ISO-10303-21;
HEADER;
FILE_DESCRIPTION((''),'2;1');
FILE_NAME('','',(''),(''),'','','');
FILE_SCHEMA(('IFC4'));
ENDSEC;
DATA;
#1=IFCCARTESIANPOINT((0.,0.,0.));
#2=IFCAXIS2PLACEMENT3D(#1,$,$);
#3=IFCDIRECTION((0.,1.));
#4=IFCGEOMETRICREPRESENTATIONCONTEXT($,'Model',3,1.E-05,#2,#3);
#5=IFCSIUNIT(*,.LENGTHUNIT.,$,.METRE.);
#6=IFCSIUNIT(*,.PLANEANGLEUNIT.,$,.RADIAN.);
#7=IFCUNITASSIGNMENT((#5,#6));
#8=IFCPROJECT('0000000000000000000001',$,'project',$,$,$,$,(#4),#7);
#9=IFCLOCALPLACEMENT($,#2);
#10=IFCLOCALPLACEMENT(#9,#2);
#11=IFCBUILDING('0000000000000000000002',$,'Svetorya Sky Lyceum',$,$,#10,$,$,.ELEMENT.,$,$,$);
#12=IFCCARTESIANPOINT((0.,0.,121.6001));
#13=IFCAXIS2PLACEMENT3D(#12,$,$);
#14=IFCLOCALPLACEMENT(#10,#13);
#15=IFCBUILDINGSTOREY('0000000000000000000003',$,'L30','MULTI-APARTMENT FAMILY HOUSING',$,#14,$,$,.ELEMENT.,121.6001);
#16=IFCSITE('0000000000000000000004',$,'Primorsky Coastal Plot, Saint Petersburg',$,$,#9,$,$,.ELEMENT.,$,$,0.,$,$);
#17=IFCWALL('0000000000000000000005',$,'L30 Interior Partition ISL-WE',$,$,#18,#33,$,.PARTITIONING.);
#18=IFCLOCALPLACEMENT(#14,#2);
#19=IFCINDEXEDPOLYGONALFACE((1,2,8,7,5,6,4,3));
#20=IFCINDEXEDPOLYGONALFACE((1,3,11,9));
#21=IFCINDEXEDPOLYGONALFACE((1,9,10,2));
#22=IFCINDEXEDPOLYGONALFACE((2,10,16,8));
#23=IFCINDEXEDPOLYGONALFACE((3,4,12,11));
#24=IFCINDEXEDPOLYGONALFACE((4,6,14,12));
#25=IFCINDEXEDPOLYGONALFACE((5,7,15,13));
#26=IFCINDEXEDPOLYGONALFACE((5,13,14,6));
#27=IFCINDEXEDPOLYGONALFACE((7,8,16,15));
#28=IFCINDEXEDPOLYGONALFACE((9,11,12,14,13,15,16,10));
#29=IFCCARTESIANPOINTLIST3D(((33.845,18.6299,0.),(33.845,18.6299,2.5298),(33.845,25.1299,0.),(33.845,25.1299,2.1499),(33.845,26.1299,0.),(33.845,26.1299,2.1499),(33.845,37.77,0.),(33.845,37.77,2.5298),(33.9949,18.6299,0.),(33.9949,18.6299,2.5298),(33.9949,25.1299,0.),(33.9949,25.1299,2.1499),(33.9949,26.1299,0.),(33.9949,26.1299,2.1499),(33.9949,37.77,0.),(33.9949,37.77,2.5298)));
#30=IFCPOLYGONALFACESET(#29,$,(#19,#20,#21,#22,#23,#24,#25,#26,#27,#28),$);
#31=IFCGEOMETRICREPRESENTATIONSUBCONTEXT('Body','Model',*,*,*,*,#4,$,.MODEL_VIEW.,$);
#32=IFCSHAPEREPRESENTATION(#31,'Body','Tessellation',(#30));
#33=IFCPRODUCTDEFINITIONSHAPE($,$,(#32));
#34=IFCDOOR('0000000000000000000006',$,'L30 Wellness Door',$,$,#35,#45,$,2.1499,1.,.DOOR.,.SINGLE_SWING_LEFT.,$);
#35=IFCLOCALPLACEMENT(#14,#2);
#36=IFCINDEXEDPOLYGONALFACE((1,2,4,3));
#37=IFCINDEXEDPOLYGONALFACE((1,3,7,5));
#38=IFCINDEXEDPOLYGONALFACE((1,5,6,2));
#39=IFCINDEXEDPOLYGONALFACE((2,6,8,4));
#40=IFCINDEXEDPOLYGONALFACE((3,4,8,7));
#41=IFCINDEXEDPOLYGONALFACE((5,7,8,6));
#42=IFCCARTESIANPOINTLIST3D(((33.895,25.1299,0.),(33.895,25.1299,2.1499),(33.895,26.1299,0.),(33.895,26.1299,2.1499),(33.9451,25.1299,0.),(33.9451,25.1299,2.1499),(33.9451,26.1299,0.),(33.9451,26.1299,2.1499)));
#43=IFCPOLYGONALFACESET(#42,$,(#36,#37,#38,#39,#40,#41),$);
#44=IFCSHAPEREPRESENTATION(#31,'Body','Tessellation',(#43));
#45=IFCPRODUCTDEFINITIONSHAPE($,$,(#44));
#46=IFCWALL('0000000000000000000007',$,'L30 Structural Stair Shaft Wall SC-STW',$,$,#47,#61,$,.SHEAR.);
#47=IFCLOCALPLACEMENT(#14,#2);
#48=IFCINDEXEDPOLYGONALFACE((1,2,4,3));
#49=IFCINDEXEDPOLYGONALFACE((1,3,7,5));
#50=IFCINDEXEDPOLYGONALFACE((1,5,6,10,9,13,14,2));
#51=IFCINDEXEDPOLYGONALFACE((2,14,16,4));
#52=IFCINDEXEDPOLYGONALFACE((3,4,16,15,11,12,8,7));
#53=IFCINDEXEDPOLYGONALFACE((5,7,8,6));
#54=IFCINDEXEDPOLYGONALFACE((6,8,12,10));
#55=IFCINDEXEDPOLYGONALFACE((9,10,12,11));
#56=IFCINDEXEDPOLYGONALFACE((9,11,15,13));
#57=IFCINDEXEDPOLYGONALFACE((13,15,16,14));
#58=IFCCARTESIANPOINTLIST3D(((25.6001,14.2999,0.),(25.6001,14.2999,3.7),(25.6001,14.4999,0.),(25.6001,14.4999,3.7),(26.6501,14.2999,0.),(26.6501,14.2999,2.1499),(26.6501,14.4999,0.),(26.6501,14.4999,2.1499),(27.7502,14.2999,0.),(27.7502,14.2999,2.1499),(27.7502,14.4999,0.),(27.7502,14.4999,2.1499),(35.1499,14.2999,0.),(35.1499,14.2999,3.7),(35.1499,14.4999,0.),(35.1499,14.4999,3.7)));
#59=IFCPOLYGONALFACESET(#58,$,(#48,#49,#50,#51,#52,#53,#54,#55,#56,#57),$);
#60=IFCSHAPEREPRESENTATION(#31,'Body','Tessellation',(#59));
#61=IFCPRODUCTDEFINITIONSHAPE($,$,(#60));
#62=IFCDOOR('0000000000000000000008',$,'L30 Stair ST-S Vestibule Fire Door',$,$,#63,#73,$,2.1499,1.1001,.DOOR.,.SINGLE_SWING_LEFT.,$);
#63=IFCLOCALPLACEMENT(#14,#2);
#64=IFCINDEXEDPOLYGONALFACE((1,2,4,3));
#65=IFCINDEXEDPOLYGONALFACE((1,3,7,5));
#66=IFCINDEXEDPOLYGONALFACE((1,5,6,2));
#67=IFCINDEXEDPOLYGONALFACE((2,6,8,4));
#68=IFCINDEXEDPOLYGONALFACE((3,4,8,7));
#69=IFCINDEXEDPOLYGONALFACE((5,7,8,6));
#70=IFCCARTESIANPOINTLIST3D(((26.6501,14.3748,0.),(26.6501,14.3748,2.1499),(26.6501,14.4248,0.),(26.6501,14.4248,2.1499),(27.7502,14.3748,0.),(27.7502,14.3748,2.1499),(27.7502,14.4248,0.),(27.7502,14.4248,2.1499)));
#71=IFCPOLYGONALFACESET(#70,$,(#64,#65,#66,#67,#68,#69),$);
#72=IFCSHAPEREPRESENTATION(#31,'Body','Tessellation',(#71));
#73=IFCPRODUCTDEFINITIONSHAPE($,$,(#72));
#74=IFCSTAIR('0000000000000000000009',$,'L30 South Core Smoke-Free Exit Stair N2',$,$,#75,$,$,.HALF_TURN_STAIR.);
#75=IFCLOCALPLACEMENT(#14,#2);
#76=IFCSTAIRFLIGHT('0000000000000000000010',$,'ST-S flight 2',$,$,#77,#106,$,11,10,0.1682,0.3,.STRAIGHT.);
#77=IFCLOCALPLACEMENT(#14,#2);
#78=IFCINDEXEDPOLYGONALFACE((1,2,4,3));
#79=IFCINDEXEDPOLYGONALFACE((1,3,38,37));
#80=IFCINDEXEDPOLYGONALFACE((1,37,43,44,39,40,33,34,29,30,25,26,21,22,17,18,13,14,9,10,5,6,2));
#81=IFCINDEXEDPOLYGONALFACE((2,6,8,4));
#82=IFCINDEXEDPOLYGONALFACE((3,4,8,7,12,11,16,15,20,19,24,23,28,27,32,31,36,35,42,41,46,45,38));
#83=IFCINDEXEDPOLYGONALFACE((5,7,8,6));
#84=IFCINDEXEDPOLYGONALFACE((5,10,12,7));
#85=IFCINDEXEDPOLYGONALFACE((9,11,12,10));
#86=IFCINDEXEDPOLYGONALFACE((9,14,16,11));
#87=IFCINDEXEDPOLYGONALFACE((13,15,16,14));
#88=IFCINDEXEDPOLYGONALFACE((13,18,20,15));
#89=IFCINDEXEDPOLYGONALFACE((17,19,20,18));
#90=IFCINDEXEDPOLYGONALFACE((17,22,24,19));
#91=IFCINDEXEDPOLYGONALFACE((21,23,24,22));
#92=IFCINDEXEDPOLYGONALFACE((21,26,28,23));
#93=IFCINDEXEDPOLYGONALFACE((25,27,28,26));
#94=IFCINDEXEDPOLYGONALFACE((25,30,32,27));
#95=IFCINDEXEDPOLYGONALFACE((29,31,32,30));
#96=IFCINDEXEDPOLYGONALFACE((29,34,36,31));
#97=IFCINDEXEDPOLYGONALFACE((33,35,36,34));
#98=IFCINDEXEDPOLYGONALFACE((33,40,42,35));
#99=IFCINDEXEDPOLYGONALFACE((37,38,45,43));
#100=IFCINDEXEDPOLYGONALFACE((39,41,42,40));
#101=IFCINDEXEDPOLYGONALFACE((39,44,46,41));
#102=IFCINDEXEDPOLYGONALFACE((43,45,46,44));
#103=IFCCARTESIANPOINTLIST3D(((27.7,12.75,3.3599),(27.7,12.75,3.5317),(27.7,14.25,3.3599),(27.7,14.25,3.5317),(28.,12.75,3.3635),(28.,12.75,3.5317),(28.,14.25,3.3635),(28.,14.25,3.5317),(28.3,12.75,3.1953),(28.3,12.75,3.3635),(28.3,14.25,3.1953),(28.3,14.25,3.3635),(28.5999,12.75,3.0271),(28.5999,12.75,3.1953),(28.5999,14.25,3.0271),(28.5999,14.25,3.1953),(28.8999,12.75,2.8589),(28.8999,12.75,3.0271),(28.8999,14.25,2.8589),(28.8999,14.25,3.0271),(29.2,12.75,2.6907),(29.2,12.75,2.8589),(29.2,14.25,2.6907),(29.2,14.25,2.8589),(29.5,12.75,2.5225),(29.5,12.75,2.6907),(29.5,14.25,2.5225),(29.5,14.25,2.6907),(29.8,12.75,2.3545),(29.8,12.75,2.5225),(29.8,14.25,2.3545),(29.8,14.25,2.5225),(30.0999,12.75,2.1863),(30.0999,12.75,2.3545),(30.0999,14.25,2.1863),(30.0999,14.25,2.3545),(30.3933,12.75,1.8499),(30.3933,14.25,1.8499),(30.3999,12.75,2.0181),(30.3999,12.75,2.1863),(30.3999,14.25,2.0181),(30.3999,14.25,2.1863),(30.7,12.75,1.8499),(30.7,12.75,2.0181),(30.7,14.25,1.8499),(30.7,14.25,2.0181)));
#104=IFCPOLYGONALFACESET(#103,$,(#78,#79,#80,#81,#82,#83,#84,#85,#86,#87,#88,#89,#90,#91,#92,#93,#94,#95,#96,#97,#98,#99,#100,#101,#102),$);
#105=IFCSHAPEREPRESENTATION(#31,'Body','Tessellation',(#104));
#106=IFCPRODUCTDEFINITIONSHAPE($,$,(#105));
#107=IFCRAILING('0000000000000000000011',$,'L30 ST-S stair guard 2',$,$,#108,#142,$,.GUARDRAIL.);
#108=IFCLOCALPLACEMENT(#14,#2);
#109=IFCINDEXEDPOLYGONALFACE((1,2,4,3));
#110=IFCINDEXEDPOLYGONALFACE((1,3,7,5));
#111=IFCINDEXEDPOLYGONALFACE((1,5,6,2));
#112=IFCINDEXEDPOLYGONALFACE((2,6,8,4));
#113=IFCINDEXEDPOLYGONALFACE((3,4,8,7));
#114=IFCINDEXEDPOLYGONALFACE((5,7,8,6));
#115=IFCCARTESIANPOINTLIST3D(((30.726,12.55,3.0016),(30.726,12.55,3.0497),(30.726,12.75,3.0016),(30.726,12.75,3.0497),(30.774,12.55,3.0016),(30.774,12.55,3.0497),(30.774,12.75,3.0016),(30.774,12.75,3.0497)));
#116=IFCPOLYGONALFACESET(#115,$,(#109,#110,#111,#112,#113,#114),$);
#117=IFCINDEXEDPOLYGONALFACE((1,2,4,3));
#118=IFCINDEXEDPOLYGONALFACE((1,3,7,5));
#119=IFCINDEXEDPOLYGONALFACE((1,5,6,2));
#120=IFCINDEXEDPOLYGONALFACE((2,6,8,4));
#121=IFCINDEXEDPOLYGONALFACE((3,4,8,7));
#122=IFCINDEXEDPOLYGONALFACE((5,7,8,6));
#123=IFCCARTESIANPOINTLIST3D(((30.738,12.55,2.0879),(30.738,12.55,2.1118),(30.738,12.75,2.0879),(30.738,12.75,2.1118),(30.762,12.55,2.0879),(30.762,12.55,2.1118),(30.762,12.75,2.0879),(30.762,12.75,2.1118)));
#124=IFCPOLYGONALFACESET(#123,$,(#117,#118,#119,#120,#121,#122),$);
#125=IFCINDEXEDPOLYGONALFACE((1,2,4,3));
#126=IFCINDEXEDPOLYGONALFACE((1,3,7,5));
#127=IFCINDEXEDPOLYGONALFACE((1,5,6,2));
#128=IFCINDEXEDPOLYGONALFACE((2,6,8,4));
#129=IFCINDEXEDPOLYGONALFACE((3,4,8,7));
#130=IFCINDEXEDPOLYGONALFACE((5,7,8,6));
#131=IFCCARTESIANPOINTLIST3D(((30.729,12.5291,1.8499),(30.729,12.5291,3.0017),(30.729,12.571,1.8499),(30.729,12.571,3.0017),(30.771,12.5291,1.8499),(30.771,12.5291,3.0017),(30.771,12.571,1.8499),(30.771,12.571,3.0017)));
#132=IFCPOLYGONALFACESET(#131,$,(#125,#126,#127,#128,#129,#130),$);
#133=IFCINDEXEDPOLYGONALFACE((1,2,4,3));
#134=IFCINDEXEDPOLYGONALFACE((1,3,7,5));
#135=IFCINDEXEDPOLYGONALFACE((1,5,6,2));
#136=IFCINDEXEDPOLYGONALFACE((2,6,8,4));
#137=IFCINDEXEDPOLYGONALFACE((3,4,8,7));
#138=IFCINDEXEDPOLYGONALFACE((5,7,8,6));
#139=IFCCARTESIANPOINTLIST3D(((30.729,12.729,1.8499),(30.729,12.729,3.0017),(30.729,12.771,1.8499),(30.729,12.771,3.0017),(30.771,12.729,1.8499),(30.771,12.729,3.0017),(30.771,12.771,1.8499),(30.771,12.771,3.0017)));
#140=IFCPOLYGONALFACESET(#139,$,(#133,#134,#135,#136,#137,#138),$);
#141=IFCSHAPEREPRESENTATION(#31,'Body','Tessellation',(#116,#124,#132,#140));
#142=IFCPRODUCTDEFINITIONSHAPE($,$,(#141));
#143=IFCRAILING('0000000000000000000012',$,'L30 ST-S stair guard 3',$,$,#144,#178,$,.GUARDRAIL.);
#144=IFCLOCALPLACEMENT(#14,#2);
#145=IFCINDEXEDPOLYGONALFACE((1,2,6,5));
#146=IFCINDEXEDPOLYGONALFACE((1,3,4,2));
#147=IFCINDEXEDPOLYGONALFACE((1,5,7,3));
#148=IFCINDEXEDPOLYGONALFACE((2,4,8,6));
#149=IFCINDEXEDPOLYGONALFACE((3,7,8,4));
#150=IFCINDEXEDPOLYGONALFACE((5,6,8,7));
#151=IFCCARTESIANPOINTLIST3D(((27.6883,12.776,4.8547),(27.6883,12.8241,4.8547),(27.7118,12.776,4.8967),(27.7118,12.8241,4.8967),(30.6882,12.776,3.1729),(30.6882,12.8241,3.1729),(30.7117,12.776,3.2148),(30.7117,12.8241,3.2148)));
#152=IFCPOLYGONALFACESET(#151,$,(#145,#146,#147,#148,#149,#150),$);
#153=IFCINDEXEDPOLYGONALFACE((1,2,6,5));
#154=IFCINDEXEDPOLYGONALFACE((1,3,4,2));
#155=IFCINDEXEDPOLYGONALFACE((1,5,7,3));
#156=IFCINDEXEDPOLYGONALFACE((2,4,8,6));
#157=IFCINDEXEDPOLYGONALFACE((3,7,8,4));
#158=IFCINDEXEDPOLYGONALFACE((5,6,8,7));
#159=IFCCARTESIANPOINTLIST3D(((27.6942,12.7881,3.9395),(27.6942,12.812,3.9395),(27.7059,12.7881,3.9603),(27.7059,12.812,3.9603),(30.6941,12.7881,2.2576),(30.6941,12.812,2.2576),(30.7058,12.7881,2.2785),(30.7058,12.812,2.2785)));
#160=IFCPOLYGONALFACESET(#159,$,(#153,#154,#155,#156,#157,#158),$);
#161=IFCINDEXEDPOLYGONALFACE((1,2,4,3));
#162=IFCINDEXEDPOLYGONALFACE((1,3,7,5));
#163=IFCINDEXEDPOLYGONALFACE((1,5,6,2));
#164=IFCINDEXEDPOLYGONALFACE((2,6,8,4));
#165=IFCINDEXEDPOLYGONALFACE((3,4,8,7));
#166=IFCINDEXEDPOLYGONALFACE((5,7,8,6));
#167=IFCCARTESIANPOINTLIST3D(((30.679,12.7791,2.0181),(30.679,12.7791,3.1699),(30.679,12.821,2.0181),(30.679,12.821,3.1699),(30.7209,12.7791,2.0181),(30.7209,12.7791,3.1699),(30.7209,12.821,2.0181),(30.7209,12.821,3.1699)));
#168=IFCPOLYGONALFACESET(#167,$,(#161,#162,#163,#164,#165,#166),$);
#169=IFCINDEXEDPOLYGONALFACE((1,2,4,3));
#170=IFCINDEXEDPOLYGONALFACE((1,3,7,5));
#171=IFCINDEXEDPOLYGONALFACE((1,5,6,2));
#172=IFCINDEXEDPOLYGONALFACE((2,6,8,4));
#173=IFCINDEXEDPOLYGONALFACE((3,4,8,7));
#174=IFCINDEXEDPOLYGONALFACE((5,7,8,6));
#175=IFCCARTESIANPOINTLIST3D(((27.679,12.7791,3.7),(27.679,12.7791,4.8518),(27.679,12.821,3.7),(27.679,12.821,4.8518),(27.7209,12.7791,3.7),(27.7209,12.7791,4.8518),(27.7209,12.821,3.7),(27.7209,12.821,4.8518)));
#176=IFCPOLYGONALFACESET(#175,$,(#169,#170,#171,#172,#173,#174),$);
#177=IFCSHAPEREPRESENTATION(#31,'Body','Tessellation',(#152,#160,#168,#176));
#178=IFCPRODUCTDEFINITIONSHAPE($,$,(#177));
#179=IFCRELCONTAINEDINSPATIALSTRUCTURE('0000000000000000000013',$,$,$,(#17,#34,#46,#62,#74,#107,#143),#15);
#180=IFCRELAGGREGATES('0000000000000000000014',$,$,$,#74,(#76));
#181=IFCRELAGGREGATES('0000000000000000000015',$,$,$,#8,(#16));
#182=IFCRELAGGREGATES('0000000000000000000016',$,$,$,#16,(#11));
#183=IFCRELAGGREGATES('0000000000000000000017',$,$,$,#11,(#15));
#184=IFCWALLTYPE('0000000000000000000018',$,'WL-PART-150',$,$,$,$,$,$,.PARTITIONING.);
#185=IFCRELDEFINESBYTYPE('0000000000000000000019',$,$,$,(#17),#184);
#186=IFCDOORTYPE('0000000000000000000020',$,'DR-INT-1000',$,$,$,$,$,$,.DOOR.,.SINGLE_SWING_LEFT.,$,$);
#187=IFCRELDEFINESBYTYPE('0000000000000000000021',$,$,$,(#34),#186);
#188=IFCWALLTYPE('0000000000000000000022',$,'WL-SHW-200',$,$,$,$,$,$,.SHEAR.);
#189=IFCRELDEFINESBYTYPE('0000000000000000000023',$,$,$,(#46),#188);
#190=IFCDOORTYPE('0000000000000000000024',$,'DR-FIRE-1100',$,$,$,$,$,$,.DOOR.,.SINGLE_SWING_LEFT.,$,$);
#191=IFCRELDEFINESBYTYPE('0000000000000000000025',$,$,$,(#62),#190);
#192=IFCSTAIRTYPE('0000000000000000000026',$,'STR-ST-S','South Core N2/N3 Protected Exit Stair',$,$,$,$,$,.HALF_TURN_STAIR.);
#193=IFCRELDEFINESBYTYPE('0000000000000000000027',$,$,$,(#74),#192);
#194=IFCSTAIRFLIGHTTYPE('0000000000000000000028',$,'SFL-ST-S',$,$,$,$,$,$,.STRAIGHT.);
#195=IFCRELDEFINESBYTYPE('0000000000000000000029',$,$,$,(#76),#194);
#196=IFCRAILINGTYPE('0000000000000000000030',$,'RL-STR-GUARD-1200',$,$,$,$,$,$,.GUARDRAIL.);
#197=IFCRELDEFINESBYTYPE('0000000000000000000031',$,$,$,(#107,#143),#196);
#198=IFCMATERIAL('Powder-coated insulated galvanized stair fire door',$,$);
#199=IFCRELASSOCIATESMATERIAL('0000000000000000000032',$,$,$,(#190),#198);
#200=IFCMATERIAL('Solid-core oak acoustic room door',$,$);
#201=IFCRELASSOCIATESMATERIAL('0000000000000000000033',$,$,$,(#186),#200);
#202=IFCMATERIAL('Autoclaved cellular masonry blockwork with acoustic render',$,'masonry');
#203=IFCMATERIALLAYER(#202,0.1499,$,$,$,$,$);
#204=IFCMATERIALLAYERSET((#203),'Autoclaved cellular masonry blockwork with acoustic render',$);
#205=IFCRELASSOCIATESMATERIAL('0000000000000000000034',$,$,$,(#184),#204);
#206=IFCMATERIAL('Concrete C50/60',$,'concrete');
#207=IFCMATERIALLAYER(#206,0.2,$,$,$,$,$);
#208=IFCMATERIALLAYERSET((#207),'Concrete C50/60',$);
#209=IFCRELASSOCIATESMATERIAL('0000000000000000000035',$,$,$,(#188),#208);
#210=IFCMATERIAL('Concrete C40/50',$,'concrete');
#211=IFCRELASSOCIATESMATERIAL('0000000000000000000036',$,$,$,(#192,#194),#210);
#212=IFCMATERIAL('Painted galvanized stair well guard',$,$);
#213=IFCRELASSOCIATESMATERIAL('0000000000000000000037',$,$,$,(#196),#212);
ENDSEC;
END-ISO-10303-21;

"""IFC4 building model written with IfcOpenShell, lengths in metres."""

from ifc_helpers import new_model, si_unit, direction, frame, frame_2d, origin, origin_2d, place, context, subcontext, project, spatial, polyline, rectangle, outline, extrude, material, layer, layer_set, type_object, element, fill, aggregate, save


model = new_model("IFC4")

# Units and contexts
model_context = context("Model", 3, precision=1e-05, world=origin(), true_north=direction((0.0, 1.0)))
body_context = subcontext(model_context, "Body", "Model", "MODEL_VIEW")
ifc_project = project(units=[si_unit("LENGTHUNIT", "METRE"), si_unit("PLANEANGLEUNIT", "RADIAN")], contexts=[model_context])

# Site, building, storey
site_placement = place(None, origin())
site = spatial("IfcSite", under=ifc_project, at=site_placement, Name="Primorsky Coastal Plot, Saint Petersburg", CompositionType="ELEMENT", RefElevation=0.0)
building_placement = place(site_placement, origin())
building = spatial("IfcBuilding", under=site, at=building_placement, Name="Svetorya Sky Lyceum", CompositionType="ELEMENT")
storey_placement = place(building_placement, frame((0.0, 0.0, 121.6001)))
storey = spatial("IfcBuildingStorey", under=building, at=storey_placement, Name="L30", Description="MULTI-APARTMENT FAMILY HOUSING", CompositionType="ELEMENT", Elevation=121.6001)

# Shared definitions
ifc_material_1 = material(Name="Concrete C50/60", Category="concrete")

# Shared definitions
ifc_material_2 = material(Name="Powder-coated insulated galvanized stair fire door")
door_type_1 = type_object("IfcDoorType", Name="DR-FIRE-1100", OperationType="SINGLE_SWING_LEFT", PredefinedType="DOOR", material=ifc_material_2)
ifc_material_3 = material(Name="Solid-core oak acoustic room door")
door_type_2 = type_object("IfcDoorType", Name="DR-INT-1000", OperationType="SINGLE_SWING_LEFT", PredefinedType="DOOR", material=ifc_material_3)

# Shared definitions
ifc_material_4 = material(Name="Autoclaved cellular masonry blockwork with acoustic render", Category="masonry")
ifc_layer_1 = layer(ifc_material_4, 0.1499)
ifc_layer_set_1 = layer_set([ifc_layer_1], Name="Autoclaved cellular masonry blockwork with acoustic render")
wall_type_1 = type_object("IfcWallType", Name="WL-PART-150", PredefinedType="PARTITIONING", material=ifc_layer_set_1)

# Walls, openings, doors
wall_1_placement = place(storey_placement, frame((33.9199, 18.6299, 0.0), z_axis=(0.0, 0.0, 1.0), x_axis=(0.0, 1.0, 0.0)))
wall_1 = element("IfcWall", 1, at=wall_1_placement, inside=storey, type_object=wall_type_1, Name="L30 Interior Partition ISL-WE", PredefinedType="PARTITIONING", context=body_context, shape_type="SweptSolid", body=[
    extrude(rectangle(XDim=19.1401, YDim=0.1499, at=frame_2d((9.5701, 0.0))), origin(), (0.0, 0.0, 1.0), 2.5298),
])
opening_1_placement = place(wall_1_placement, frame((6.5, 0.0, 0.0)))
opening_1 = element("IfcOpeningElement", 2, at=opening_1_placement, cuts=wall_1, PredefinedType="OPENING", context=body_context, shape_type="SweptSolid", body=[
    extrude(rectangle(XDim=1.0, YDim=2.1499, at=frame_2d((0.5, 1.075))), frame((0.0, 0.085, 0.0), z_axis=(0.0, -1.0, 0.0), x_axis=(1.0, 0.0, 0.0)), (0.0, 0.0, 1.0), 0.1699),
])
door_1_placement = place(opening_1_placement, origin())
door_1 = element("IfcDoor", 3, at=door_1_placement, inside=storey, type_object=door_type_2, Name="L30 Wellness Door", OperationType="SINGLE_SWING_LEFT", OverallHeight=2.1499, OverallWidth=1.0, PredefinedType="DOOR", context=body_context, shape_type="SweptSolid", body=[
    extrude(rectangle(XDim=1.0, YDim=2.1499, at=frame_2d((0.5, 1.075))), frame((0.0, 0.0249, 0.0), z_axis=(0.0, -1.0, 0.0), x_axis=(1.0, 0.0, 0.0)), (0.0, 0.0, 1.0), 0.05),
])
fill(opening_1, door_1)
ifc_layer_2 = layer(ifc_material_1, 0.2)
ifc_layer_set_2 = layer_set([ifc_layer_2], Name="Concrete C50/60")
wall_type_2 = type_object("IfcWallType", Name="WL-SHW-200", PredefinedType="SHEAR", material=ifc_layer_set_2)
wall_2_placement = place(storey_placement, frame((25.6001, 14.3999, 0.0), z_axis=(0.0, 0.0, 1.0), x_axis=(1.0, 0.0, 0.0)))
wall_2 = element("IfcWall", 4, at=wall_2_placement, inside=storey, type_object=wall_type_2, Name="L30 Structural Stair Shaft Wall SC-STW", PredefinedType="SHEAR", context=body_context, shape_type="SweptSolid", body=[
    extrude(rectangle(XDim=9.5498, YDim=0.2, at=frame_2d((4.7749, 0.0))), origin(), (0.0, 0.0, 1.0), 3.7),
])
opening_2_placement = place(wall_2_placement, frame((1.05, 0.0, 0.0)))
opening_2 = element("IfcOpeningElement", 5, at=opening_2_placement, cuts=wall_2, PredefinedType="OPENING", context=body_context, shape_type="SweptSolid", body=[
    extrude(rectangle(XDim=1.1001, YDim=2.1499, at=frame_2d((0.55, 1.075))), frame((0.0, 0.1099, 0.0), z_axis=(0.0, -1.0, 0.0), x_axis=(1.0, 0.0, 0.0)), (0.0, 0.0, 1.0), 0.22),
])
door_2_placement = place(opening_2_placement, origin())
door_2 = element("IfcDoor", 6, at=door_2_placement, inside=storey, type_object=door_type_1, Name="L30 Stair ST-S Vestibule Fire Door", OperationType="SINGLE_SWING_LEFT", OverallHeight=2.1499, OverallWidth=1.1001, PredefinedType="DOOR", context=body_context, shape_type="SweptSolid", body=[
    extrude(rectangle(XDim=1.1001, YDim=2.1499, at=frame_2d((0.55, 1.075))), frame((0.0, 0.0249, 0.0), z_axis=(0.0, -1.0, 0.0), x_axis=(1.0, 0.0, 0.0)), (0.0, 0.0, 1.0), 0.05),
])
fill(opening_2, door_2)

# Stair, stair flight
ifc_material_5 = material(Name="Concrete C40/50", Category="concrete")
stair_type = type_object("IfcStairType", Name="STR-ST-S", Description="South Core N2/N3 Protected Exit Stair", PredefinedType="HALF_TURN_STAIR", material=ifc_material_5)
stair_placement = place(storey_placement, origin())
stair = element("IfcStair", 7, at=stair_placement, inside=storey, type_object=stair_type, Name="L30 South Core Smoke-Free Exit Stair N2", PredefinedType="HALF_TURN_STAIR")
stair_flight_type = type_object("IfcStairFlightType", Name="SFL-ST-S", PredefinedType="STRAIGHT", material=ifc_material_5)
stair_flight_placement = place(storey_placement, frame((30.7, 13.5, 1.8499), z_axis=(0.0, 0.0, 1.0), x_axis=(-1.0, 0.0, 0.0)))
stair_flight = element("IfcStairFlight", 8, at=stair_flight_placement, type_object=stair_flight_type, Name="ST-S flight 2", NumberOfRisers=11, NumberOfTreads=10, PredefinedType="STRAIGHT", RiserHeight=0.1682, TreadLength=0.3, context=body_context, shape_type="SweptSolid", body=[
    extrude(outline(polyline([(0.0, 0.0), (0.0, 0.1682), (0.3, 0.1682), (0.3, 0.3364), (0.6001, 0.3364), (0.6001, 0.5046), (0.8999, 0.5046), (0.8999, 0.6726), (1.2, 0.6726), (1.2, 0.8408), (1.5, 0.8408), (1.5, 1.009), (1.8, 1.009), (1.8, 1.1772), (2.1001, 1.1772), (2.1001, 1.3455), (2.3999, 1.3455), (2.3999, 1.5137), (2.7, 1.5137), (2.7, 1.6819), (3.0, 1.6819), (3.0, 1.8501), (3.0, 1.51), (0.3066, 0.0), (0.0, 0.0)])), frame((0.0, 0.75, 0.0), z_axis=(0.0, -1.0, 0.0), x_axis=(1.0, 0.0, 0.0)), (0.0, 0.0, 1.0), 1.5),
])
aggregate(stair, [stair_flight])

# Railings
ifc_material_6 = material(Name="Painted galvanized stair well guard")
railing_type_1 = type_object("IfcRailingType", Name="RL-STR-GUARD-1200", PredefinedType="GUARDRAIL", material=ifc_material_6)
railing_1_placement = place(storey_placement, frame((30.75, 12.55, 1.8499)))
element("IfcRailing", 9, at=railing_1_placement, inside=storey, type_object=railing_type_1, Name="L30 ST-S stair guard 2", PredefinedType="GUARDRAIL", context=body_context, shape_type="SweptSolid", body=[
    extrude(rectangle(XDim=0.0481, YDim=0.0481, at=origin_2d()), frame((0.0, 0.0, 1.1758), z_axis=(0.0, 1.0, 0.0), x_axis=(-1.0, 0.0, 0.0)), (0.0, 0.0, 1.0), 0.2),
    extrude(rectangle(XDim=0.0239, YDim=0.0239, at=origin_2d()), frame((0.0, 0.0, 0.25), z_axis=(0.0, 1.0, 0.0), x_axis=(-1.0, 0.0, 0.0)), (0.0, 0.0, 1.0), 0.2),
    extrude(rectangle(XDim=0.042, YDim=0.042, at=origin_2d()), origin(), (0.0, 0.0, 1.0), 1.1519),
    extrude(rectangle(XDim=0.042, YDim=0.042, at=origin_2d()), frame((0.0, 0.2, 0.0)), (0.0, 0.0, 1.0), 1.1519),
])
railing_2_placement = place(storey_placement, frame((30.7, 12.8, 2.0181)))
element("IfcRailing", 10, at=railing_2_placement, inside=storey, type_object=railing_type_1, Name="L30 ST-S stair guard 3", PredefinedType="GUARDRAIL", context=body_context, shape_type="SweptSolid", body=[
    extrude(rectangle(XDim=0.0481, YDim=0.0481, at=origin_2d()), frame((0.0, 0.0, 1.1758), z_axis=(-0.872272, 0.0, 0.48902), x_axis=(0.0, -1.0, 0.0)), (0.0, 0.0, 1.0), 3.4392),
    extrude(rectangle(XDim=0.0239, YDim=0.0239, at=origin_2d()), frame((0.0, 0.0, 0.25), z_axis=(-0.872272, 0.0, 0.48902), x_axis=(0.0, -1.0, 0.0)), (0.0, 0.0, 1.0), 3.4392),
    extrude(rectangle(XDim=0.042, YDim=0.042, at=origin_2d()), origin(), (0.0, 0.0, 1.0), 1.1519),
    extrude(rectangle(XDim=0.042, YDim=0.042, at=origin_2d()), frame((-3.0, 0.0, 1.6819)), (0.0, 0.0, 1.0), 1.1519),
])

save(model, "model.ifc")
